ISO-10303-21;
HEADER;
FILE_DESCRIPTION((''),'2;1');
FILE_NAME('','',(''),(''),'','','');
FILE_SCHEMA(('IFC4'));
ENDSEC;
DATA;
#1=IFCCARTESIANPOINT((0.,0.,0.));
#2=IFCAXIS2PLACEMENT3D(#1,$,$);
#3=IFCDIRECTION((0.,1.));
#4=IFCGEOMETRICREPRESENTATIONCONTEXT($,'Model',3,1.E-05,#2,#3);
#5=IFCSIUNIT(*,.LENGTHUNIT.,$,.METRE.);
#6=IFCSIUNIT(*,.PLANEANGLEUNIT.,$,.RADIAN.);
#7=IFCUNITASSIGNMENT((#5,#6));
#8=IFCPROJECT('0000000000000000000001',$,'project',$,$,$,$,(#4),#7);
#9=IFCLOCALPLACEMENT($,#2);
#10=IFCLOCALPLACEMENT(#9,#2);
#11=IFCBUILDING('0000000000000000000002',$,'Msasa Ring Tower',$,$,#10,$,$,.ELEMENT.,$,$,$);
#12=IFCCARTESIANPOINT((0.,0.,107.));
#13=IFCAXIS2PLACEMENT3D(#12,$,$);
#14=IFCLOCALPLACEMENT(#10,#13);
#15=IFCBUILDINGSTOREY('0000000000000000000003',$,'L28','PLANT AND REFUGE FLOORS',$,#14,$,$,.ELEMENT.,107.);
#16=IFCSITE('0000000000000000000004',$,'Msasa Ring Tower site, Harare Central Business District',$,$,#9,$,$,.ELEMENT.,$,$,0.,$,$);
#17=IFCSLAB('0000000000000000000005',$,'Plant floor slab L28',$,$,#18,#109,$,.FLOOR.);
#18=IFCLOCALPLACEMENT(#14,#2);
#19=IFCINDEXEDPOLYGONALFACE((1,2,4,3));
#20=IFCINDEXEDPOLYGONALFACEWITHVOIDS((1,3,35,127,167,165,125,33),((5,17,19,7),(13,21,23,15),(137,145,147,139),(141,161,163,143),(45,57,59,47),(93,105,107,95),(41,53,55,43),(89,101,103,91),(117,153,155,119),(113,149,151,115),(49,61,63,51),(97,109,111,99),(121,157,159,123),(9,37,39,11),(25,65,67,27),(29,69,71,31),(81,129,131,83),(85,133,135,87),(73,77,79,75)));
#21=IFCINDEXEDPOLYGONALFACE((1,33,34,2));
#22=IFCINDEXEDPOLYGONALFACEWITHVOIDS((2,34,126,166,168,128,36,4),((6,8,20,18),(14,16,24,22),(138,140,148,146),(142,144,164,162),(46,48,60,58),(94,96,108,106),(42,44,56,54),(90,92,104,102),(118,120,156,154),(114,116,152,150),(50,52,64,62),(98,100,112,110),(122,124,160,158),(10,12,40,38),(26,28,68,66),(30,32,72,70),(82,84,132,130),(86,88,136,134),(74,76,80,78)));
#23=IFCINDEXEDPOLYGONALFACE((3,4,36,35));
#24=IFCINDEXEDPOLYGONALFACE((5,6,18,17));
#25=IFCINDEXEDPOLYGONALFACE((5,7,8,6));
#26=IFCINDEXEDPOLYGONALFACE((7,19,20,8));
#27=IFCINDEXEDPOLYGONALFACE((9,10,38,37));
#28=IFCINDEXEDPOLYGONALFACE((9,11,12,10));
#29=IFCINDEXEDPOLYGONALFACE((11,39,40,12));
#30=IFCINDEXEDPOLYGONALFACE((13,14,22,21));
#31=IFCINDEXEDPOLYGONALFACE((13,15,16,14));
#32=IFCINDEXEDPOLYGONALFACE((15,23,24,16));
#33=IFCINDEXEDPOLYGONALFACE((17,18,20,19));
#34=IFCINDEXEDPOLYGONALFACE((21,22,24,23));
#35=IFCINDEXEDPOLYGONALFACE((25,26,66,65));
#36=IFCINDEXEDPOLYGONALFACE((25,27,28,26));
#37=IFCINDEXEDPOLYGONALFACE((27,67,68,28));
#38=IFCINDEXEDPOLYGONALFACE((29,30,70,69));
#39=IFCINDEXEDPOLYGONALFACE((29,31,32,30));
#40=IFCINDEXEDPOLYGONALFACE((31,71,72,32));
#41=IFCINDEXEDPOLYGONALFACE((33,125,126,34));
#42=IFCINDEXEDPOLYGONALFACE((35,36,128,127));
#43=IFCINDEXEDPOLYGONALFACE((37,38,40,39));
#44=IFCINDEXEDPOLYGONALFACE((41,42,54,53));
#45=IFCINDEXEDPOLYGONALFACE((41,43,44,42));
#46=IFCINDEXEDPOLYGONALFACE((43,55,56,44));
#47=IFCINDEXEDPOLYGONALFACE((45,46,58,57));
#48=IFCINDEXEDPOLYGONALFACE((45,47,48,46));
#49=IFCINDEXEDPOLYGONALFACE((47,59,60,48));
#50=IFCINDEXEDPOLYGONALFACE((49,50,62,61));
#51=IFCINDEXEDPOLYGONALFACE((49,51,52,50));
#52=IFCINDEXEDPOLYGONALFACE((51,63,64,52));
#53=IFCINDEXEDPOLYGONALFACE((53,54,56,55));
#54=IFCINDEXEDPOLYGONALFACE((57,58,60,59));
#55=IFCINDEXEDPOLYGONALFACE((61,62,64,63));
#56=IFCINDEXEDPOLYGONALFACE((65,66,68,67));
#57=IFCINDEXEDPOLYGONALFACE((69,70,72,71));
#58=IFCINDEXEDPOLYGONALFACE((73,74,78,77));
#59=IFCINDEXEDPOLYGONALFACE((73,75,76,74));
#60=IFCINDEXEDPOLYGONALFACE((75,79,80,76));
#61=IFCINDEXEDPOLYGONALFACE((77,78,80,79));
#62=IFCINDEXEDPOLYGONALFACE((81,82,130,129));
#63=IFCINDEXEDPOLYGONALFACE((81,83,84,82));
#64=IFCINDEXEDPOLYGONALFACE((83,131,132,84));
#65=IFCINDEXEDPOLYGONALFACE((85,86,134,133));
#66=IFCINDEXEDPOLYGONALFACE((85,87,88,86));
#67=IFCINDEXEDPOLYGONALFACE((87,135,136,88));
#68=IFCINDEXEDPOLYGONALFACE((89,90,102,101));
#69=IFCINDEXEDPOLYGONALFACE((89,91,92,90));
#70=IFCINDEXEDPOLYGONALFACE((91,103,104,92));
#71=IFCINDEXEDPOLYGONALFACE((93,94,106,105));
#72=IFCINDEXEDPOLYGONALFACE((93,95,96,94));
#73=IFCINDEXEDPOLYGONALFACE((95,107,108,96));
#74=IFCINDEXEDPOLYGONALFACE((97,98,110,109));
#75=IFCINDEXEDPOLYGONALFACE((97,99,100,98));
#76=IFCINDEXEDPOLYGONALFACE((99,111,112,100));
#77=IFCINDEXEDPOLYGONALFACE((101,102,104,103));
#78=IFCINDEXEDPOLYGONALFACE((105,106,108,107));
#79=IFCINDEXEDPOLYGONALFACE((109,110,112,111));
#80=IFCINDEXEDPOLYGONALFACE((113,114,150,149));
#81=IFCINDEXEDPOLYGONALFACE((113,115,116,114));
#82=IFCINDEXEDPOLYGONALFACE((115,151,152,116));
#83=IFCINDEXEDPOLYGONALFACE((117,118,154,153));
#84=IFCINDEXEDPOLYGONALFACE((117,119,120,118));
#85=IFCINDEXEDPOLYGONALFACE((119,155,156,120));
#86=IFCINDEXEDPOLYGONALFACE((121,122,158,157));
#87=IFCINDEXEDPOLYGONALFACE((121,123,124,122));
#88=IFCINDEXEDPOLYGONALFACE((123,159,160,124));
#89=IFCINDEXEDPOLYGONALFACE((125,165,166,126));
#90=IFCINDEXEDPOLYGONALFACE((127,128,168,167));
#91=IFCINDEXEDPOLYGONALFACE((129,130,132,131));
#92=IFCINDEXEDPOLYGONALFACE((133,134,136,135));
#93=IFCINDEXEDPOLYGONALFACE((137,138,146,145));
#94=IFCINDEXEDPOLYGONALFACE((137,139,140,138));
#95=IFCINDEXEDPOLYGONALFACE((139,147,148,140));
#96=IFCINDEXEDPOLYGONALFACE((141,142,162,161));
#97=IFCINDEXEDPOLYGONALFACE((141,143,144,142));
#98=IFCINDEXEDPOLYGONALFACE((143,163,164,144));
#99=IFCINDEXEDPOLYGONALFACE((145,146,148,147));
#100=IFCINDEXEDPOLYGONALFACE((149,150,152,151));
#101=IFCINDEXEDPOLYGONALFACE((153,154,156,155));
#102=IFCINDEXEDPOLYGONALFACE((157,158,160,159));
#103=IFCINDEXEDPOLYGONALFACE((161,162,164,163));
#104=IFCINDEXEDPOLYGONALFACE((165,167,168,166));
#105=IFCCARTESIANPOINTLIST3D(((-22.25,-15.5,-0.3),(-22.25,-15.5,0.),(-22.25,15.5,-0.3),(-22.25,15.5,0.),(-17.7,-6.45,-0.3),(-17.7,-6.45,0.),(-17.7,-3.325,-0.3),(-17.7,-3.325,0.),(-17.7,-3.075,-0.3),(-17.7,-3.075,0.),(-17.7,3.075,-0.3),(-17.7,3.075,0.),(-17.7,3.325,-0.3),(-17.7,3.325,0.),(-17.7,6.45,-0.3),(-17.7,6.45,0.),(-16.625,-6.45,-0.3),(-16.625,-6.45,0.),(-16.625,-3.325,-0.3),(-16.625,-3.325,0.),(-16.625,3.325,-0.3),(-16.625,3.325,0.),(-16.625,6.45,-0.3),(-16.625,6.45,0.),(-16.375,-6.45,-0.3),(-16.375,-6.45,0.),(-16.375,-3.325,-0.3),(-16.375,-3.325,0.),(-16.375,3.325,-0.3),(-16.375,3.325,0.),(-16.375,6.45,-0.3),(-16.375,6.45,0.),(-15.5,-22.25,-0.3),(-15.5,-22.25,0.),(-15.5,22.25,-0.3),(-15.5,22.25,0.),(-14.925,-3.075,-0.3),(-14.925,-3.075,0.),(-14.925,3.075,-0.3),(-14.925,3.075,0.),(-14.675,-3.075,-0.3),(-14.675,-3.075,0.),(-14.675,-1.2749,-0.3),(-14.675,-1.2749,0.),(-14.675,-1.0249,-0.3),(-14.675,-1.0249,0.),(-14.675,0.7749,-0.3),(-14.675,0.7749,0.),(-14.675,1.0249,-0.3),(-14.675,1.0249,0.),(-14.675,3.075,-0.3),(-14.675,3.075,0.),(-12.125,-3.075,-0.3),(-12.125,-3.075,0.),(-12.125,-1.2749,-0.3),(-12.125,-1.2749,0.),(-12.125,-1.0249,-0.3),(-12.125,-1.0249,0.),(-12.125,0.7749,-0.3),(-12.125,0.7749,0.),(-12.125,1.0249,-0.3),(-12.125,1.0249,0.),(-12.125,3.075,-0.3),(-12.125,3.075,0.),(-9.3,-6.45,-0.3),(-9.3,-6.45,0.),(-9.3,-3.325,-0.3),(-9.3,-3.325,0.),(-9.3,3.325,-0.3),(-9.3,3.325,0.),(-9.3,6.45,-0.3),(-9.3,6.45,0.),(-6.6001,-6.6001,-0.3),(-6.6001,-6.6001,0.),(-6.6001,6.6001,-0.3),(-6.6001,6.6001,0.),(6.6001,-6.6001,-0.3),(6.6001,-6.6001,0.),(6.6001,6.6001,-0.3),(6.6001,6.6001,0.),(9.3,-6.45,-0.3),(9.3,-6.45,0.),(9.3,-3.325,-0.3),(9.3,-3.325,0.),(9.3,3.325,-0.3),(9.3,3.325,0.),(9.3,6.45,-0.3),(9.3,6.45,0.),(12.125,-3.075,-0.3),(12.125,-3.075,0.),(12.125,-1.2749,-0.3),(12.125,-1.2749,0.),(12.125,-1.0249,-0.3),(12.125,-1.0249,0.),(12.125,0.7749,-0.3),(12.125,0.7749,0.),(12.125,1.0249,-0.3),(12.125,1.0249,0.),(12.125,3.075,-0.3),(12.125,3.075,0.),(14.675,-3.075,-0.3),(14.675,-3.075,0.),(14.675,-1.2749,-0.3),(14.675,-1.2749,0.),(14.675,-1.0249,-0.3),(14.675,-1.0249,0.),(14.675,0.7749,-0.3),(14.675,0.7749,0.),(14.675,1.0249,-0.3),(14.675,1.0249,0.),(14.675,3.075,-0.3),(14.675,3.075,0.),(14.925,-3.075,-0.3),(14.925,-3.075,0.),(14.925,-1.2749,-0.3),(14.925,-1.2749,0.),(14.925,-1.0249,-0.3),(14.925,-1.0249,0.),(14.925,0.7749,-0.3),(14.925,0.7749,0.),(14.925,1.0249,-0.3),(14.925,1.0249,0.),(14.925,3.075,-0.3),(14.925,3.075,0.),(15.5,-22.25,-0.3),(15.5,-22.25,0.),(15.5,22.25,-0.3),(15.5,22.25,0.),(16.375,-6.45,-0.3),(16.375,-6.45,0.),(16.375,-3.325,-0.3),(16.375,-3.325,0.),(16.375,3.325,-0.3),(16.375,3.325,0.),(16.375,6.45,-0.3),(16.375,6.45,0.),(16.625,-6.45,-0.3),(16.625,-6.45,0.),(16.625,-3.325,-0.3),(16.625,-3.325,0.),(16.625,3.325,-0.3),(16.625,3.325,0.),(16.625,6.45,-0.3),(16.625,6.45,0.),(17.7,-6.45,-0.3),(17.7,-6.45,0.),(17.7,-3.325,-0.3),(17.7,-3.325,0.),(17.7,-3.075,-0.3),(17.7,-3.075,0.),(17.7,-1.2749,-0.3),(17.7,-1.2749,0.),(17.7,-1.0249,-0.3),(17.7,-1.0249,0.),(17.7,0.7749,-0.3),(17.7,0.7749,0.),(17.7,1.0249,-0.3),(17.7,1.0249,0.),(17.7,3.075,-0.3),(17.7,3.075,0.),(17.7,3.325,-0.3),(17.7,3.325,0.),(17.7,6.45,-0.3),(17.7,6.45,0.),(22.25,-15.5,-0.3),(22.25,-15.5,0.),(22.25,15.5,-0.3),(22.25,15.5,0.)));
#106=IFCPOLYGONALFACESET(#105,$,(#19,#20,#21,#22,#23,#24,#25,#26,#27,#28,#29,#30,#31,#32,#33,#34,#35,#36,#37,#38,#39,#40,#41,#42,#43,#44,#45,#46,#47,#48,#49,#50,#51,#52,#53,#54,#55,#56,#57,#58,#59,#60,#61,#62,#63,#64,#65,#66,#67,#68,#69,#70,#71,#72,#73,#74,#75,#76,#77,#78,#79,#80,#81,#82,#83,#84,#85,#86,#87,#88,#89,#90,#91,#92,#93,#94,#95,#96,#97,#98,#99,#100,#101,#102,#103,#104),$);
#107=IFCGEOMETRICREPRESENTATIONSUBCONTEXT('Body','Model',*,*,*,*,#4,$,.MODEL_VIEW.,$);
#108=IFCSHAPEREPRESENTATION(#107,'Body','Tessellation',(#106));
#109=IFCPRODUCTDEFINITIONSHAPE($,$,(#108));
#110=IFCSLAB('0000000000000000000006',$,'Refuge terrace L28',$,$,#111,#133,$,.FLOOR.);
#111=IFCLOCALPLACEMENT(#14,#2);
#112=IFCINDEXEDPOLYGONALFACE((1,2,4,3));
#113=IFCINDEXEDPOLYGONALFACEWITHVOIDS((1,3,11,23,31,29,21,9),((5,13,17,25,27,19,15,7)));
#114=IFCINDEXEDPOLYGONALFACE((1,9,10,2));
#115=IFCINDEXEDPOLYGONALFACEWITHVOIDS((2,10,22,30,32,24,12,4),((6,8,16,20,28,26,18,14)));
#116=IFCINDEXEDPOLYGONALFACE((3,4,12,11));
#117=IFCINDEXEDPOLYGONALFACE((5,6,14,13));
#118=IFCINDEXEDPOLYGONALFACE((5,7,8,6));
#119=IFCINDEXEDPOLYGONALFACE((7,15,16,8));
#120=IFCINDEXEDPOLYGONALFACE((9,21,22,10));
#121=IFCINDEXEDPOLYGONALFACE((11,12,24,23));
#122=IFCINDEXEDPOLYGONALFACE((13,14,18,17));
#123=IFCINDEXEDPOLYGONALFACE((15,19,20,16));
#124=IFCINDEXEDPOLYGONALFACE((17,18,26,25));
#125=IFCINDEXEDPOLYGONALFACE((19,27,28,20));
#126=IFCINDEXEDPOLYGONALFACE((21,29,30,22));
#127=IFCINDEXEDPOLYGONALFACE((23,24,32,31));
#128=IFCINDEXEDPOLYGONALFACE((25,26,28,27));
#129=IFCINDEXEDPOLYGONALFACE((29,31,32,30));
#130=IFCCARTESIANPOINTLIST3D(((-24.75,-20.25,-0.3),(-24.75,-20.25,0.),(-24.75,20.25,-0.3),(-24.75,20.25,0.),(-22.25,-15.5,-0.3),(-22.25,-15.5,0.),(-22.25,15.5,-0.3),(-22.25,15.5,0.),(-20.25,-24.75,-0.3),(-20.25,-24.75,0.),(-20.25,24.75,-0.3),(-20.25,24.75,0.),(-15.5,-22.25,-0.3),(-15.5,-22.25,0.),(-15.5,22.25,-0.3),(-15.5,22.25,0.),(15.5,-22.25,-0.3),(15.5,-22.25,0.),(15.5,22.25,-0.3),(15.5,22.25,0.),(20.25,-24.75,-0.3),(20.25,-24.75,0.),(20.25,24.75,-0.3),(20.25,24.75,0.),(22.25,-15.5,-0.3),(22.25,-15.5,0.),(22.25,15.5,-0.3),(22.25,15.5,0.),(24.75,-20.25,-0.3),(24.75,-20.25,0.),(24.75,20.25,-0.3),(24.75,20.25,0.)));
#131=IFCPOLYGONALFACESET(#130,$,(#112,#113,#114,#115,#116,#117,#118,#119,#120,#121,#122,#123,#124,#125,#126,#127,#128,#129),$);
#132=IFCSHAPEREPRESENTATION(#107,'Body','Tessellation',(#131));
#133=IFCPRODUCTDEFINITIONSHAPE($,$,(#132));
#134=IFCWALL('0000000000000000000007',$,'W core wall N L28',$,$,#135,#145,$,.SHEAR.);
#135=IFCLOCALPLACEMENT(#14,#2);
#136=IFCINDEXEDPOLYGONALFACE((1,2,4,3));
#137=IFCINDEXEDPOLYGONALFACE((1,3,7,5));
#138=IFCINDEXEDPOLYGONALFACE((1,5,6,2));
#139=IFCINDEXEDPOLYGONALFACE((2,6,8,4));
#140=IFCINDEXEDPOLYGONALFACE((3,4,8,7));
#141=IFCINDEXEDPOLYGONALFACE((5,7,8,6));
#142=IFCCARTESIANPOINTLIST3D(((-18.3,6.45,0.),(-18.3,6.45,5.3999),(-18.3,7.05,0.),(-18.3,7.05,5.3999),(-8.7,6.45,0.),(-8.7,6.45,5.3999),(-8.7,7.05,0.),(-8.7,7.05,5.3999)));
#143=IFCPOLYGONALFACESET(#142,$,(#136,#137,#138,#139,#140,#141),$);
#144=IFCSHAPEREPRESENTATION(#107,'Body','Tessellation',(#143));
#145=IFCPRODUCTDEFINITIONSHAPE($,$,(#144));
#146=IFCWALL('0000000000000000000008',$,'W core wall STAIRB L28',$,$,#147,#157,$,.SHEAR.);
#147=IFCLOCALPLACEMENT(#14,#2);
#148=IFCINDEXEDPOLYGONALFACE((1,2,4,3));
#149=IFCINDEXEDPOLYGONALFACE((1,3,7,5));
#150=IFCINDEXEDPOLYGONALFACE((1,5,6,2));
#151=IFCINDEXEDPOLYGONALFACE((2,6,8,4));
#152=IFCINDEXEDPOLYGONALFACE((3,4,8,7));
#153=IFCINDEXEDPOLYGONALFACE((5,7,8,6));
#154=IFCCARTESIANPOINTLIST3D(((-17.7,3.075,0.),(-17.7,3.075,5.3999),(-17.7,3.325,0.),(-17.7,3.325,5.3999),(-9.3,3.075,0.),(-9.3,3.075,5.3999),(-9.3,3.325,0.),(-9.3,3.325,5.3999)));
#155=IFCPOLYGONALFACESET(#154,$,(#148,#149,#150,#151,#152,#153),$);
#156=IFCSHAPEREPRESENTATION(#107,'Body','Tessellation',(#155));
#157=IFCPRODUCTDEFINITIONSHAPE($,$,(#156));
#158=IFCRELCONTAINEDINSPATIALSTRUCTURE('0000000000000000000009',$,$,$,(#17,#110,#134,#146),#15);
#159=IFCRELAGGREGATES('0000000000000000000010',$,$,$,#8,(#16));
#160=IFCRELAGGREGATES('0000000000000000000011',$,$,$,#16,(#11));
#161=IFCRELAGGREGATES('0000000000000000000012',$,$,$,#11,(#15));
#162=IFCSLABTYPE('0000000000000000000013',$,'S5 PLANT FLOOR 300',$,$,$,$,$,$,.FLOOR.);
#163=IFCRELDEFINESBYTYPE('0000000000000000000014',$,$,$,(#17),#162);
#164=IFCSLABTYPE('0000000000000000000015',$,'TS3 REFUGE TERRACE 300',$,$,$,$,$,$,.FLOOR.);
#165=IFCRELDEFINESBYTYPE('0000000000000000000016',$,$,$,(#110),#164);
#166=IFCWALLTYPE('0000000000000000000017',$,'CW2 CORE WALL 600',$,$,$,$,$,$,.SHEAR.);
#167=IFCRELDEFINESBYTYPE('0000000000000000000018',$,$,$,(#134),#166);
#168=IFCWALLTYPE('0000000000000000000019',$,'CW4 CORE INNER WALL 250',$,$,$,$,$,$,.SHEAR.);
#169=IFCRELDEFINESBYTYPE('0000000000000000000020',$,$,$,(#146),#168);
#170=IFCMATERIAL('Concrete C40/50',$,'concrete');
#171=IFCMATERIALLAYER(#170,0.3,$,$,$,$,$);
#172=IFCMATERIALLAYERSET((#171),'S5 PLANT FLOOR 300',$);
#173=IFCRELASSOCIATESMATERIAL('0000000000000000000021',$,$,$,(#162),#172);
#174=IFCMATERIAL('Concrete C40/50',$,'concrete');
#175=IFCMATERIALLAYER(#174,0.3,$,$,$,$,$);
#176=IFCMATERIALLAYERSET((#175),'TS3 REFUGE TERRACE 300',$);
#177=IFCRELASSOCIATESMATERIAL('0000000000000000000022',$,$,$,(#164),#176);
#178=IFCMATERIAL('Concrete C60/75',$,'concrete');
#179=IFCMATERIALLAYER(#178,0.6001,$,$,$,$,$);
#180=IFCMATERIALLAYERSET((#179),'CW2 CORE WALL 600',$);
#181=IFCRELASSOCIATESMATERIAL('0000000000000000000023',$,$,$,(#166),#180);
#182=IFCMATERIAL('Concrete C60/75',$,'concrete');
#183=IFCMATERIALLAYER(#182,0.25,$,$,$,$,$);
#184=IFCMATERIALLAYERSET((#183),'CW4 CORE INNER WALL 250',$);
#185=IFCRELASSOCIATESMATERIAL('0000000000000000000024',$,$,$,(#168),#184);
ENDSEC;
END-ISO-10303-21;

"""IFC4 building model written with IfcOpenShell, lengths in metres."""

from ifc_helpers import new_model, si_unit, direction, frame, frame_2d, origin, place, context, subcontext, project, spatial, polyline, rectangle, outline, extrude, material, layer, layer_set, type_object, element, save


model = new_model("IFC4")

# Units and contexts
model_context = context("Model", 3, precision=1e-05, world=origin(), true_north=direction((0.0, 1.0)))
body_context = subcontext(model_context, "Body", "Model", "MODEL_VIEW")
ifc_project = project(units=[si_unit("LENGTHUNIT", "METRE"), si_unit("PLANEANGLEUNIT", "RADIAN")], contexts=[model_context])

# Site, building, storey
site_placement = place(None, origin())
site = spatial("IfcSite", under=ifc_project, at=site_placement, Name="Msasa Ring Tower site, Harare Central Business District", CompositionType="ELEMENT", RefElevation=0.0)
building_placement = place(site_placement, origin())
building = spatial("IfcBuilding", under=site, at=building_placement, Name="Msasa Ring Tower", CompositionType="ELEMENT")
storey_placement = place(building_placement, frame((0.0, 0.0, 107.0)))
storey = spatial("IfcBuildingStorey", under=building, at=storey_placement, Name="L28", Description="PLANT AND REFUGE FLOORS", CompositionType="ELEMENT", Elevation=107.0)

# Slabs
ifc_material_1 = material(Name="Concrete C40/50", Category="concrete")
ifc_layer_1 = layer(ifc_material_1, 0.3)
ifc_layer_set_1 = layer_set([ifc_layer_1], Name="S5 PLANT FLOOR 300")
slab_type_1 = type_object("IfcSlabType", Name="S5 PLANT FLOOR 300", PredefinedType="FLOOR", material=ifc_layer_set_1)
slab_1_placement = place(storey_placement, frame((0.0, 0.0, -0.3)))
element("IfcSlab", 1, at=slab_1_placement, inside=storey, type_object=slab_type_1, Name="Plant floor slab L28", PredefinedType="FLOOR", context=body_context, shape_type="SweptSolid", body=[
    extrude(outline(polyline([(-15.5, -22.25), (15.5, -22.25), (22.25, -15.5), (22.25, 15.5), (15.5, 22.25), (-15.5, 22.25), (-22.25, 15.5), (-22.25, -15.5), (-15.5, -22.25)]), holes=[polyline([(-6.6001, -6.6001), (6.6001, -6.6001), (6.6001, 6.6001), (-6.6001, 6.6001), (-6.6001, -6.6001)]), polyline([(9.3, -6.45), (16.375, -6.45), (16.375, -3.325), (9.3, -3.325), (9.3, -6.45)]), polyline([(9.3, 3.325), (16.375, 3.325), (16.375, 6.45), (9.3, 6.45), (9.3, 3.325)]), polyline([(12.125, -3.075), (14.675, -3.075), (14.675, -1.2749), (12.125, -1.2749), (12.125, -3.075)]), polyline([(12.125, -1.0249), (14.675, -1.0249), (14.675, 0.7749), (12.125, 0.7749), (12.125, -1.0249)]), polyline([(12.125, 1.0249), (14.675, 1.0249), (14.675, 3.075), (12.125, 3.075), (12.125, 1.0249)]), polyline([(16.625, -6.45), (17.7, -6.45), (17.7, -3.325), (16.625, -3.325), (16.625, -6.45)]), polyline([(16.625, 3.325), (17.7, 3.325), (17.7, 6.45), (16.625, 6.45), (16.625, 3.325)]), polyline([(14.925, -3.075), (17.7, -3.075), (17.7, -1.2749), (14.925, -1.2749), (14.925, -3.075)]), polyline([(14.925, -1.0249), (17.7, -1.0249), (17.7, 0.7749), (14.925, 0.7749), (14.925, -1.0249)]), polyline([(14.925, 1.0249), (17.7, 1.0249), (17.7, 3.075), (14.925, 3.075), (14.925, 1.0249)]), polyline([(-16.375, -6.45), (-9.3, -6.45), (-9.3, -3.325), (-16.375, -3.325), (-16.375, -6.45)]), polyline([(-16.375, 3.325), (-9.3, 3.325), (-9.3, 6.45), (-16.375, 6.45), (-16.375, 3.325)]), polyline([(-14.675, -3.075), (-12.125, -3.075), (-12.125, -1.2749), (-14.675, -1.2749), (-14.675, -3.075)]), polyline([(-14.675, -1.0249), (-12.125, -1.0249), (-12.125, 0.7749), (-14.675, 0.7749), (-14.675, -1.0249)]), polyline([(-14.675, 1.0249), (-12.125, 1.0249), (-12.125, 3.075), (-14.675, 3.075), (-14.675, 1.0249)]), polyline([(-17.7, -6.45), (-16.625, -6.45), (-16.625, -3.325), (-17.7, -3.325), (-17.7, -6.45)]), polyline([(-17.7, 3.325), (-16.625, 3.325), (-16.625, 6.45), (-17.7, 6.45), (-17.7, 3.325)]), polyline([(-17.7, -3.075), (-14.925, -3.075), (-14.925, 3.075), (-17.7, 3.075), (-17.7, -3.075)])]), origin(), (0.0, 0.0, 1.0), 0.3),
])
ifc_material_2 = material(Name="Concrete C40/50", Category="concrete")
ifc_layer_2 = layer(ifc_material_2, 0.3)
ifc_layer_set_2 = layer_set([ifc_layer_2], Name="TS3 REFUGE TERRACE 300")
slab_type_2 = type_object("IfcSlabType", Name="TS3 REFUGE TERRACE 300", PredefinedType="FLOOR", material=ifc_layer_set_2)
slab_2_placement = place(storey_placement, frame((0.0, 0.0, -0.3)))
element("IfcSlab", 2, at=slab_2_placement, inside=storey, type_object=slab_type_2, Name="Refuge terrace L28", PredefinedType="FLOOR", context=body_context, shape_type="SweptSolid", body=[
    extrude(outline(polyline([(-20.25, -24.75), (20.25, -24.75), (24.75, -20.25), (24.75, 20.25), (20.25, 24.75), (-20.25, 24.75), (-24.75, 20.25), (-24.75, -20.25), (-20.25, -24.75)]), holes=[polyline([(-15.5, -22.25), (15.5, -22.25), (22.25, -15.5), (22.25, 15.5), (15.5, 22.25), (-15.5, 22.25), (-22.25, 15.5), (-22.25, -15.5), (-15.5, -22.25)])]), origin(), (0.0, 0.0, 1.0), 0.3),
])

# Walls
ifc_material_3 = material(Name="Concrete C60/75", Category="concrete")
ifc_layer_3 = layer(ifc_material_3, 0.6001)
ifc_layer_set_3 = layer_set([ifc_layer_3], Name="CW2 CORE WALL 600")
wall_type_1 = type_object("IfcWallType", Name="CW2 CORE WALL 600", PredefinedType="SHEAR", material=ifc_layer_set_3)
wall_1_placement = place(storey_placement, frame((-8.7, 6.75, 0.0), z_axis=(0.0, 0.0, 1.0), x_axis=(-1.0, 0.0, 0.0)))
element("IfcWall", 3, at=wall_1_placement, inside=storey, type_object=wall_type_1, Name="W core wall N L28", PredefinedType="SHEAR", context=body_context, shape_type="SweptSolid", body=[
    extrude(rectangle(XDim=9.6001, YDim=0.6001, at=frame_2d((4.8, 0.0))), origin(), (0.0, 0.0, 1.0), 5.3999),
])
ifc_material_4 = material(Name="Concrete C60/75", Category="concrete")
ifc_layer_4 = layer(ifc_material_4, 0.25)
ifc_layer_set_4 = layer_set([ifc_layer_4], Name="CW4 CORE INNER WALL 250")
wall_type_2 = type_object("IfcWallType", Name="CW4 CORE INNER WALL 250", PredefinedType="SHEAR", material=ifc_layer_set_4)
wall_2_placement = place(storey_placement, frame((-9.3, 3.2, 0.0), z_axis=(0.0, 0.0, 1.0), x_axis=(-1.0, 0.0, 0.0)))
element("IfcWall", 4, at=wall_2_placement, inside=storey, type_object=wall_type_2, Name="W core wall STAIRB L28", PredefinedType="SHEAR", context=body_context, shape_type="SweptSolid", body=[
    extrude(rectangle(XDim=8.3999, YDim=0.25, at=frame_2d((4.2, 0.0))), origin(), (0.0, 0.0, 1.0), 5.3999),
])

save(model, "model.ifc")
